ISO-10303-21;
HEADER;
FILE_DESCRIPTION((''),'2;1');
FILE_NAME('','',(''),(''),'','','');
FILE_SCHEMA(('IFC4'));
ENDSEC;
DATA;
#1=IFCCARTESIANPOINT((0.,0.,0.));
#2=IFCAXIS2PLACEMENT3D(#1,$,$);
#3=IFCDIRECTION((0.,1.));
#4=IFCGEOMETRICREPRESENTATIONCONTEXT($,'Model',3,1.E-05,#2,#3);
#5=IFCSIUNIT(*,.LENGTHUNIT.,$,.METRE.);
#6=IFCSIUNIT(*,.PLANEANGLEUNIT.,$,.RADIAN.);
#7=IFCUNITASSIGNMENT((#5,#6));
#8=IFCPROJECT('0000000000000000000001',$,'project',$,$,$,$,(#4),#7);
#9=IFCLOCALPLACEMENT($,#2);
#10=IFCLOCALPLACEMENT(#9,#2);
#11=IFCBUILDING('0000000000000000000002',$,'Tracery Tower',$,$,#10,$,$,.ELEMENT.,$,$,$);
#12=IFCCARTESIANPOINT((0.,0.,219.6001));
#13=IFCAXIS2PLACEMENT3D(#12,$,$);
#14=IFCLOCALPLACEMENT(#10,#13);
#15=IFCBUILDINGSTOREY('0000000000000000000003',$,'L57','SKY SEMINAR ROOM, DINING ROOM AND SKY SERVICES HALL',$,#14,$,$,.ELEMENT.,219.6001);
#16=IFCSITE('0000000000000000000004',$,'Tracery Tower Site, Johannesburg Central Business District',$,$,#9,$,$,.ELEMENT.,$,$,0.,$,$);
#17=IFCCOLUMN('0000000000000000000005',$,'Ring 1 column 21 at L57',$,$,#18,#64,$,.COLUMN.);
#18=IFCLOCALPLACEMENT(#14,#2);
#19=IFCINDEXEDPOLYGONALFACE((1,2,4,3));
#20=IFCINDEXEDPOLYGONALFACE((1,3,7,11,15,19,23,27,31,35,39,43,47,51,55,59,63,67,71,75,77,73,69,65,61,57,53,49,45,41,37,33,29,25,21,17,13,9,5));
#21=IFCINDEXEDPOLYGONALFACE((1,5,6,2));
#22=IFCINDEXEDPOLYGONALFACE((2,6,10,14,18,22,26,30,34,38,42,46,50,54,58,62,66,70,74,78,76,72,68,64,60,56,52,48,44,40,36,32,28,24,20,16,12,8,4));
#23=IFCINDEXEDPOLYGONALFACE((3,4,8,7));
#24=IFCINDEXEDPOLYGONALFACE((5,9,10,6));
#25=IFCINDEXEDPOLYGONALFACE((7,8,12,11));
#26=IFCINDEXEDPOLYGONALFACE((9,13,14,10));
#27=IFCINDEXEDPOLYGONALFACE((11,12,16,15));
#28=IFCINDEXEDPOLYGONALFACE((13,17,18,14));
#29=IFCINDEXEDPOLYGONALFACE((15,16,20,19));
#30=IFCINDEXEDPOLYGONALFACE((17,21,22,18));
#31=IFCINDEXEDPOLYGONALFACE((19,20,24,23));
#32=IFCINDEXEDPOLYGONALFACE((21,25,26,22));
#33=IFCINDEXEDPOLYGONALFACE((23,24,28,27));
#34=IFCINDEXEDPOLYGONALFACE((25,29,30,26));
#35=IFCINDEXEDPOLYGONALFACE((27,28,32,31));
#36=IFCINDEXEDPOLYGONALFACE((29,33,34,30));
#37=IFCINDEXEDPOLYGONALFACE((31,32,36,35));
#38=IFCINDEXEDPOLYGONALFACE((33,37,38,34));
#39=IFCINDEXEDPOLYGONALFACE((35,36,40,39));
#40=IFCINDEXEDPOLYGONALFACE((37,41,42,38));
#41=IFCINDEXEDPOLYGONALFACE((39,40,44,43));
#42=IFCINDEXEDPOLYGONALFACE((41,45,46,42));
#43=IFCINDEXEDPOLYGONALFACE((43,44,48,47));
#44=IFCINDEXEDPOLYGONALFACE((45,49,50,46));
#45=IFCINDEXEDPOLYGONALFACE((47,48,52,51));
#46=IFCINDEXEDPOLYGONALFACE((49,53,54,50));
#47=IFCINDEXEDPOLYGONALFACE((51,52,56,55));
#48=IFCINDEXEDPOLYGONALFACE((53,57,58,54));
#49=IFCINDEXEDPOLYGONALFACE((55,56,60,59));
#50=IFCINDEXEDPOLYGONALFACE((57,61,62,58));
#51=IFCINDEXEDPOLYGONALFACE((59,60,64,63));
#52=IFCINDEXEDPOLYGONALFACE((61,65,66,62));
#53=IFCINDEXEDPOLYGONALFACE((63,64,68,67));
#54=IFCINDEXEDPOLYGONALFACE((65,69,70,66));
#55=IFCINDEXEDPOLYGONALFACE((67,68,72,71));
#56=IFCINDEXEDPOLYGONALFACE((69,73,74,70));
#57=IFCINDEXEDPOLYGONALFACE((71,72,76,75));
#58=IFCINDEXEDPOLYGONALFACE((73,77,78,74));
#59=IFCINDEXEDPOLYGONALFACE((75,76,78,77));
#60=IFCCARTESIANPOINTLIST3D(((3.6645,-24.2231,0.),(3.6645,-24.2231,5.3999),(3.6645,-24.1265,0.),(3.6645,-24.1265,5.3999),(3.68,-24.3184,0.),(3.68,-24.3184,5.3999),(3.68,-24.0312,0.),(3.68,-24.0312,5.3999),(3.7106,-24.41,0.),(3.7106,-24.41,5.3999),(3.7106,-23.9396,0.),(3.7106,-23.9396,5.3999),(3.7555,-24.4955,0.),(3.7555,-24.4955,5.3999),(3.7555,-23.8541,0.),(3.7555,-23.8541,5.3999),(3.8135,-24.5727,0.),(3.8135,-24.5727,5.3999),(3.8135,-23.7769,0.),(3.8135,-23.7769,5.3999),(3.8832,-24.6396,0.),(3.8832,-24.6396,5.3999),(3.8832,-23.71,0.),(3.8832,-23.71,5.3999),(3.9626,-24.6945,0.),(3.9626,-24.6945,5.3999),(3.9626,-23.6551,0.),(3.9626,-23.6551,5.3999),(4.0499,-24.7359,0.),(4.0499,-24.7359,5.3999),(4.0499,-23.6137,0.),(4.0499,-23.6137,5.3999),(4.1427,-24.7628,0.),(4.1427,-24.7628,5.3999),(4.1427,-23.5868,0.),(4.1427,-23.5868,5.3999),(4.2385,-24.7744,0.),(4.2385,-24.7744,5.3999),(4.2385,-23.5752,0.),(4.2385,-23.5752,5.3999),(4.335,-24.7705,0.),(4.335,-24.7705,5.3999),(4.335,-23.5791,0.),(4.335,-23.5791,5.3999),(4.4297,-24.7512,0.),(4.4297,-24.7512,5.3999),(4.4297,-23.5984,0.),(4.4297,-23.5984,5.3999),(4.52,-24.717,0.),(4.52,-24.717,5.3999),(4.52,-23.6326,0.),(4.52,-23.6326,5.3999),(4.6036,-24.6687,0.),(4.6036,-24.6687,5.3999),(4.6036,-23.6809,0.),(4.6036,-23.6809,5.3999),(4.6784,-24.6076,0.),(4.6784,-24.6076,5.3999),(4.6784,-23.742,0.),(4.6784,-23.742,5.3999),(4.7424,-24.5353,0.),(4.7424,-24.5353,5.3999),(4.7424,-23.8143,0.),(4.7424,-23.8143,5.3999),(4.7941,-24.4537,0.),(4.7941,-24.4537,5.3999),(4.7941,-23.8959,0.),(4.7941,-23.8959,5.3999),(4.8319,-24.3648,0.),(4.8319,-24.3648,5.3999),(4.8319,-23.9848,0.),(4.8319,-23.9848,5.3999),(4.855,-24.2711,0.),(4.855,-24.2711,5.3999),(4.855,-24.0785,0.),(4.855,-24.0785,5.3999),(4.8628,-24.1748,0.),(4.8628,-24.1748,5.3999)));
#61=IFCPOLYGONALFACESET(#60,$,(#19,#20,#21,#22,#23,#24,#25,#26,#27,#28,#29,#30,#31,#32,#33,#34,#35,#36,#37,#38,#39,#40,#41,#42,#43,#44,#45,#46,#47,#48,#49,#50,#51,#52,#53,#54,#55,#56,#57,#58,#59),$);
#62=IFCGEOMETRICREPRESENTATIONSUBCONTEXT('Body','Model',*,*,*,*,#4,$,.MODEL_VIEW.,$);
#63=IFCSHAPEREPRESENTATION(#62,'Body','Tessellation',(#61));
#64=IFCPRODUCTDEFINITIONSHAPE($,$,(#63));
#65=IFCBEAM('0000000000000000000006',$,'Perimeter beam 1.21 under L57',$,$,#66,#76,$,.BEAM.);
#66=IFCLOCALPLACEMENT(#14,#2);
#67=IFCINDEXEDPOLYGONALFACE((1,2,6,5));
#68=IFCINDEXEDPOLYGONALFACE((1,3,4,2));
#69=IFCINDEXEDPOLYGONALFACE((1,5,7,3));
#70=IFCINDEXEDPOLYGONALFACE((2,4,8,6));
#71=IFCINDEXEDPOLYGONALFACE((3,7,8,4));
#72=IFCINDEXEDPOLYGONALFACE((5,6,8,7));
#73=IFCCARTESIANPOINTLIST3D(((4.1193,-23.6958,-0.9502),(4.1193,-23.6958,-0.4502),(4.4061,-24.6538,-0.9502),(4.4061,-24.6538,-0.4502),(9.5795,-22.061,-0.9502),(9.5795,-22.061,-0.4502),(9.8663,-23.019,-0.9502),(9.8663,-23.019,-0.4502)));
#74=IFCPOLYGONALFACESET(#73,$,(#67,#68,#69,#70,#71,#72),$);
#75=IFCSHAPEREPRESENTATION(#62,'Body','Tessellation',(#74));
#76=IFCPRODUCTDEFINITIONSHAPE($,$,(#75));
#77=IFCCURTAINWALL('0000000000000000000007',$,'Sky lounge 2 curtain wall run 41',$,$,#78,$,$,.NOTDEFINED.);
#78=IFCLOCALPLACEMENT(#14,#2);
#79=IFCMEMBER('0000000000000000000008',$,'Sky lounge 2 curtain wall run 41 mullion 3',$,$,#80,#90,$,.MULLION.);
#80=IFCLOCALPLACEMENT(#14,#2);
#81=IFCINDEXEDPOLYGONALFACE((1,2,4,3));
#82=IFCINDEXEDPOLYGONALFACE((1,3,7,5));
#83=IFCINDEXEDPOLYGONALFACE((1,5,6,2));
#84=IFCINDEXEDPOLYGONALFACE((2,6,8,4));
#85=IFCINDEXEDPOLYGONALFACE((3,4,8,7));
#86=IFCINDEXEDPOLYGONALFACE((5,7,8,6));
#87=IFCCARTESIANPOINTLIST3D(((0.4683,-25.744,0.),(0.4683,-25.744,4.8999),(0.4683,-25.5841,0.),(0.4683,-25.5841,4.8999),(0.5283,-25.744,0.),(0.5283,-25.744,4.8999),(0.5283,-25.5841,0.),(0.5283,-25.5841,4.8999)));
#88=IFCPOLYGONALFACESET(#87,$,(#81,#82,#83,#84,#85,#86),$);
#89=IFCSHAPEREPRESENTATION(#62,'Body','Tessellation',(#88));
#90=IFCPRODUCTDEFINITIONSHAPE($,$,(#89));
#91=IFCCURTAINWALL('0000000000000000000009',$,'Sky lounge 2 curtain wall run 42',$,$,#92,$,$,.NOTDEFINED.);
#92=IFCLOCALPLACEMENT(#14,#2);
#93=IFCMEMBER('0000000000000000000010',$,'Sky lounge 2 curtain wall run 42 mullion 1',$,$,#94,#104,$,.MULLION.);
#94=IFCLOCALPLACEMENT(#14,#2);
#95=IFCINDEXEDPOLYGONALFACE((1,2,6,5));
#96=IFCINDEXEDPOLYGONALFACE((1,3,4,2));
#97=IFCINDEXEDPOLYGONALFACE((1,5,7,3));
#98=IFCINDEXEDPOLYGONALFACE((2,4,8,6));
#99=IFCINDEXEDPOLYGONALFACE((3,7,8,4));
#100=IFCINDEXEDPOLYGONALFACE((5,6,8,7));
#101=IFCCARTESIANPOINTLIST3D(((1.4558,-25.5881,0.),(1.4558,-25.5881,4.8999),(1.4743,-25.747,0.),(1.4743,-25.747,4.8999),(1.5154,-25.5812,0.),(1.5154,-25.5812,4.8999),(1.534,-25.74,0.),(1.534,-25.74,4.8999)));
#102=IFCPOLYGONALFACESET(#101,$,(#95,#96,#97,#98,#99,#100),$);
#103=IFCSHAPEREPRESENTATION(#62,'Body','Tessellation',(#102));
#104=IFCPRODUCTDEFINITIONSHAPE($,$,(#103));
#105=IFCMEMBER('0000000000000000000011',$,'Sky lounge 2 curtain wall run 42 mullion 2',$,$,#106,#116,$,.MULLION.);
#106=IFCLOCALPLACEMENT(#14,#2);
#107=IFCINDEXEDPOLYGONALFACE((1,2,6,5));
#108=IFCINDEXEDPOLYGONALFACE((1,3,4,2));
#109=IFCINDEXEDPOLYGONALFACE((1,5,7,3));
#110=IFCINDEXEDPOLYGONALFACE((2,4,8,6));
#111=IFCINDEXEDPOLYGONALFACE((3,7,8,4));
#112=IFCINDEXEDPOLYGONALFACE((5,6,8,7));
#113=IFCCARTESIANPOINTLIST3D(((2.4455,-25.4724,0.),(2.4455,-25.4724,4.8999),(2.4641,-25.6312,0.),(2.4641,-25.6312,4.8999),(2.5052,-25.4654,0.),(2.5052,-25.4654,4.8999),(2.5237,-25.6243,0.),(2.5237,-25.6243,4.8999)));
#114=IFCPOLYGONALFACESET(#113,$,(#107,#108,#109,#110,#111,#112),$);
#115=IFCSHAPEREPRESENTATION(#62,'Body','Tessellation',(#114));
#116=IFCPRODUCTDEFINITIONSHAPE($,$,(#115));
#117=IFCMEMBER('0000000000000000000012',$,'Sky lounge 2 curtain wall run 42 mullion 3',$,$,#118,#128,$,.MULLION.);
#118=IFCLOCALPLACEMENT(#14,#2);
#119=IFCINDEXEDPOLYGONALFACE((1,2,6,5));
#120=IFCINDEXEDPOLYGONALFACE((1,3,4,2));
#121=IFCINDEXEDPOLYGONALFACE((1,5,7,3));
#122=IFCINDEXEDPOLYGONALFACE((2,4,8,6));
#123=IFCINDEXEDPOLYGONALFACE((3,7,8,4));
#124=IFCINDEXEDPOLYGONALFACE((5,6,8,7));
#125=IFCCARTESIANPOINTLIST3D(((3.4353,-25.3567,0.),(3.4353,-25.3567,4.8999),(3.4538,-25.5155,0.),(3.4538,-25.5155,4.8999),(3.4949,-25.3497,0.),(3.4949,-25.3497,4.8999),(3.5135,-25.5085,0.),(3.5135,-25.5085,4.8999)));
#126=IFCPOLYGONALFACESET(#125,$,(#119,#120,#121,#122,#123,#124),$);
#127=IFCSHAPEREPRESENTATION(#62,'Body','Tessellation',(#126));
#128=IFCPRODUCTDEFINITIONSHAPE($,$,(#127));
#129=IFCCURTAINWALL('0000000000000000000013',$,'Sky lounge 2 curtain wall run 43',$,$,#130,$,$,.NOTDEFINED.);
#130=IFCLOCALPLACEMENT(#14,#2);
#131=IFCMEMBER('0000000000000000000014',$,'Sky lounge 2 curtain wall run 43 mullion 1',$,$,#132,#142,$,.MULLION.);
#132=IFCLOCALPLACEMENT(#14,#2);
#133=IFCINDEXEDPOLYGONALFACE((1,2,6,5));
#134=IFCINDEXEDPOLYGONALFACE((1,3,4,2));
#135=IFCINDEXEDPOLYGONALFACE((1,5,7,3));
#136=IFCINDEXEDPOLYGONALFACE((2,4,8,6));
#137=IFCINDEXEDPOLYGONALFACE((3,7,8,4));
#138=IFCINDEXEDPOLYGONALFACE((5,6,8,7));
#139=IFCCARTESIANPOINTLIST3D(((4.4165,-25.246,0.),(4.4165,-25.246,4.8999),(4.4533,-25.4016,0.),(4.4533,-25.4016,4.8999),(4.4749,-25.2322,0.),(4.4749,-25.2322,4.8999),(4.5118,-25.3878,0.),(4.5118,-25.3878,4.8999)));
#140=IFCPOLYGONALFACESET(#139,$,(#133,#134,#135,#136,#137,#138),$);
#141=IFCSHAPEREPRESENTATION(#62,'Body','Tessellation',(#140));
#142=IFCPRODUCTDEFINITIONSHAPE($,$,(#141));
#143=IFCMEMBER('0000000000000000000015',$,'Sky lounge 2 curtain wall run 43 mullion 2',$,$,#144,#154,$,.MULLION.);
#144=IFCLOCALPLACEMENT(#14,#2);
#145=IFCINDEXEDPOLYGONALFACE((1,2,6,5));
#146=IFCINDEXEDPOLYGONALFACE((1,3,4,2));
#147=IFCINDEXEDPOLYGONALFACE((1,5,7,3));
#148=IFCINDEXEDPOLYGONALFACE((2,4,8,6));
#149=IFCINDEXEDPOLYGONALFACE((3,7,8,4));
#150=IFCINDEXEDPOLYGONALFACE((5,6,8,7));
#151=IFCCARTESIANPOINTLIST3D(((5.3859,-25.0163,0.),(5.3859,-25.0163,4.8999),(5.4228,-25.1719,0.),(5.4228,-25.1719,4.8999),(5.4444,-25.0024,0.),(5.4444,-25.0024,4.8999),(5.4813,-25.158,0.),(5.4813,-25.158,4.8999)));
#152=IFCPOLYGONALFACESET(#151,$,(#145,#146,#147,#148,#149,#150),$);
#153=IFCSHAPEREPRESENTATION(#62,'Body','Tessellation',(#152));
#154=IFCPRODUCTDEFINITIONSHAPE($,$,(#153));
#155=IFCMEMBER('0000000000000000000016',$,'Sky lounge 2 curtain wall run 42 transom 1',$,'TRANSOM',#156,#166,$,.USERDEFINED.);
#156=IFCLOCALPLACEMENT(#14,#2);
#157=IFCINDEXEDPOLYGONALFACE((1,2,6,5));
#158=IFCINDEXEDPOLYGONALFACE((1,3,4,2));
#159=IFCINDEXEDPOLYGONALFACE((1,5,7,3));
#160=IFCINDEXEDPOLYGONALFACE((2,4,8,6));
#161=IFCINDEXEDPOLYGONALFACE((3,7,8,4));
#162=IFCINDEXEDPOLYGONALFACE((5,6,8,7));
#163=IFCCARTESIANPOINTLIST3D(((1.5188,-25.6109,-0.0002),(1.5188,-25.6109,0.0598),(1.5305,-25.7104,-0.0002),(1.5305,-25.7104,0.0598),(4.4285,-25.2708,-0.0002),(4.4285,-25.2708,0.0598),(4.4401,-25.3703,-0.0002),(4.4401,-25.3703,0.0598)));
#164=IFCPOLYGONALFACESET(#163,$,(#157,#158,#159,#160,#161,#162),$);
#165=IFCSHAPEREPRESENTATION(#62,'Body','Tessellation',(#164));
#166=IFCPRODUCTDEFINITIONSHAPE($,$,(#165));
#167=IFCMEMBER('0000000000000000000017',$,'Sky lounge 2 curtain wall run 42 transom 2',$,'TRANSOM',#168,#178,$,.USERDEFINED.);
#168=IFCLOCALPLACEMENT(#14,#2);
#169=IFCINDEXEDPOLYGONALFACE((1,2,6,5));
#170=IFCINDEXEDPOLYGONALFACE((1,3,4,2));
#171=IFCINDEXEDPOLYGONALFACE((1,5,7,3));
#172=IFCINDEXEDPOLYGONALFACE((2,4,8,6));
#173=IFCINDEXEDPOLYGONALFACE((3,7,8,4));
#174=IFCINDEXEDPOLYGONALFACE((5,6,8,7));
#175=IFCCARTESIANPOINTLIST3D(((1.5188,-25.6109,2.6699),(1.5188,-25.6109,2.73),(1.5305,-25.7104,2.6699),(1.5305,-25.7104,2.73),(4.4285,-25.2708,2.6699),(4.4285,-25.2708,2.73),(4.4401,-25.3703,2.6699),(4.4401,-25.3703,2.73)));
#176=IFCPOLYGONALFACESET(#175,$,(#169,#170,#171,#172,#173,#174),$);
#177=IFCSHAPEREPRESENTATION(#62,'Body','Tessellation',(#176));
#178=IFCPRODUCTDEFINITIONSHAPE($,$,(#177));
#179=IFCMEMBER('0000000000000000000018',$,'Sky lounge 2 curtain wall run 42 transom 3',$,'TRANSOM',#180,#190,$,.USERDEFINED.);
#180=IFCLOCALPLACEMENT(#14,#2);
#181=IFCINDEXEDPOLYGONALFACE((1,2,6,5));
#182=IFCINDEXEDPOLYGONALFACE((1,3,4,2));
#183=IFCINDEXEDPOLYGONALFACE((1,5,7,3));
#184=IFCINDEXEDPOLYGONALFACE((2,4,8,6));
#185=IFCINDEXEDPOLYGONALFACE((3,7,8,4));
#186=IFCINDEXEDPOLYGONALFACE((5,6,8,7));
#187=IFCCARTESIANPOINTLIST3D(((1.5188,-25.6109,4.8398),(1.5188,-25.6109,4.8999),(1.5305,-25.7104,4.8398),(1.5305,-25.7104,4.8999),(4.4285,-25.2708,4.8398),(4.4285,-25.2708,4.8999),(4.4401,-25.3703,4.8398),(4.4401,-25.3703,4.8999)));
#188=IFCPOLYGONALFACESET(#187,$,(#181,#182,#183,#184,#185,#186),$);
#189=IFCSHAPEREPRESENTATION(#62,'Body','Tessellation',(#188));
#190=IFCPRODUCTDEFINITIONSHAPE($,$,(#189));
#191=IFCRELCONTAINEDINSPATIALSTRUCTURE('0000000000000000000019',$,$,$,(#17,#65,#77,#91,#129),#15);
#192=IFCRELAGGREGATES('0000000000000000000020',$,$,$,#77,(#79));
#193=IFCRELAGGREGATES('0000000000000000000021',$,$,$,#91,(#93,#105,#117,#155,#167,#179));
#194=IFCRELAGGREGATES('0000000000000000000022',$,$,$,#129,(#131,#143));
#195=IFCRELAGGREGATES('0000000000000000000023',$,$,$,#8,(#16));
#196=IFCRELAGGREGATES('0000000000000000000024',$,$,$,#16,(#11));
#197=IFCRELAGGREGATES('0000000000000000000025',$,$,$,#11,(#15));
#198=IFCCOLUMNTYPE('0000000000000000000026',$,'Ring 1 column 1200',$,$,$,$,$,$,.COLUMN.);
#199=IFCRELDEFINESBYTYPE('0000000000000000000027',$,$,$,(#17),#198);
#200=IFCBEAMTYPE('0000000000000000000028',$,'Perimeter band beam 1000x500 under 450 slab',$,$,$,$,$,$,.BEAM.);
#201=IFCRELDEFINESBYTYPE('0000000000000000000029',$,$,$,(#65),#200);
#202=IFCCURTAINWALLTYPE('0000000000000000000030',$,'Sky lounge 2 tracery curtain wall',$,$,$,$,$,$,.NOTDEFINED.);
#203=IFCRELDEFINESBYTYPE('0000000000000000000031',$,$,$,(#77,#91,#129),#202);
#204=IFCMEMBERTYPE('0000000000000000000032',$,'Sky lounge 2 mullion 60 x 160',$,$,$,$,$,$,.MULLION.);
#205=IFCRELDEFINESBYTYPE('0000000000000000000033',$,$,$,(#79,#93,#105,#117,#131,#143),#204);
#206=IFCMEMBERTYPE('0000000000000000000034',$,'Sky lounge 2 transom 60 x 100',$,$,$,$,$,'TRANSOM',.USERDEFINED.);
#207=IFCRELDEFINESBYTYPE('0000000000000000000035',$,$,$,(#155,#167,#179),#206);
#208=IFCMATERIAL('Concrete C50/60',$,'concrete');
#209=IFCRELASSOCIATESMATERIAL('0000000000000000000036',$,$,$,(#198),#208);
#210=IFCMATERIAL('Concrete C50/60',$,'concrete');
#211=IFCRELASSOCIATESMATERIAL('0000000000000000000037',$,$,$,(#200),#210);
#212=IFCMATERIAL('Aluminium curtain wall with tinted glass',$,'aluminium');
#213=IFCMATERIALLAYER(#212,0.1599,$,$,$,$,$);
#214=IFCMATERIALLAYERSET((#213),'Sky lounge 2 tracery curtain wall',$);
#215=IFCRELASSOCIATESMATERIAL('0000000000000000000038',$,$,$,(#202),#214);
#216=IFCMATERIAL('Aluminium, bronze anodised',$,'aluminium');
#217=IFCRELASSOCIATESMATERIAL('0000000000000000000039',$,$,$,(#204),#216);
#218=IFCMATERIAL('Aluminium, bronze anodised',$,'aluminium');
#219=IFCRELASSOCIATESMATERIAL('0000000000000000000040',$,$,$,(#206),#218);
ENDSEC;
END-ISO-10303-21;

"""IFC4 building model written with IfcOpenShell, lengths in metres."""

from ifc_helpers import new_model, si_unit, direction, frame, origin, origin_2d, place, context, subcontext, project, spatial, rectangle, circle, extrude, material, layer, layer_set, material_profile, profile_set, type_object, element, aggregate, save


model = new_model("IFC4")

# Units and contexts
model_context = context("Model", 3, precision=1e-05, world=origin(), true_north=direction((0.0, 1.0)))
body_context = subcontext(model_context, "Body", "Model", "MODEL_VIEW")
ifc_project = project(units=[si_unit("LENGTHUNIT", "METRE"), si_unit("PLANEANGLEUNIT", "RADIAN")], contexts=[model_context])

# Site, building, storey
site_placement = place(None, origin())
site = spatial("IfcSite", under=ifc_project, at=site_placement, Name="Tracery Tower Site, Johannesburg Central Business District", CompositionType="ELEMENT", RefElevation=0.0)
building_placement = place(site_placement, origin())
building = spatial("IfcBuilding", under=site, at=building_placement, Name="Tracery Tower", CompositionType="ELEMENT")
storey_placement = place(building_placement, frame((0.0, 0.0, 219.6001)))
storey = spatial("IfcBuildingStorey", under=building, at=storey_placement, Name="L57", Description="SKY SEMINAR ROOM, DINING ROOM AND SKY SERVICES HALL", CompositionType="ELEMENT", Elevation=219.6001)

# Column
ifc_material_1 = material(Name="Concrete C50/60", Category="concrete")
ifc_material_profile_1 = material_profile(ifc_material_1, circle(Radius=0.6001, at=origin_2d()), Name="RC D1200")
ifc_profile_set_1 = profile_set([ifc_material_profile_1], Name="Concrete C50/60")
column_type = type_object("IfcColumnType", Name="Ring 1 column 1200", PredefinedType="COLUMN", material=ifc_profile_set_1)
column_placement = place(storey_placement, frame((4.2627, -24.1748, 0.0), z_axis=(0.0, 0.0, 1.0), x_axis=(1.0, 0.0, 0.0)))
element("IfcColumn", 1, at=column_placement, inside=storey, type_object=column_type, Name="Ring 1 column 21 at L57", PredefinedType="COLUMN", context=body_context, shape_type="SweptSolid", body=[
    extrude(circle(Radius=0.6001, at=origin_2d()), origin(), (0.0, 0.0, 1.0), 5.3999),
])

# Beam
ifc_material_2 = material(Name="Concrete C50/60", Category="concrete")
ifc_material_profile_2 = material_profile(ifc_material_2, rectangle(XDim=1.0, YDim=0.5, at=origin_2d()), Name="RC 1000x500")
ifc_profile_set_2 = profile_set([ifc_material_profile_2], Name="Concrete C50/60")
beam_type = type_object("IfcBeamType", Name="Perimeter band beam 1000x500 under 450 slab", PredefinedType="BEAM", material=ifc_profile_set_2)
beam_placement = place(storey_placement, frame((4.2627, -24.1748, -0.7002), z_axis=(0.957985, 0.286817, 0.0), x_axis=(-0.286817, 0.957985, 0.0)))
element("IfcBeam", 2, at=beam_placement, inside=storey, type_object=beam_type, Name="Perimeter beam 1.21 under L57", PredefinedType="BEAM", context=body_context, shape_type="SweptSolid", body=[
    extrude(rectangle(XDim=1.0, YDim=0.5, at=origin_2d()), origin(), (0.0, 0.0, 1.0), 5.6997),
])

# Curtain wall, member
ifc_material_3 = material(Name="Aluminium curtain wall with tinted glass", Category="aluminium")
ifc_layer_1 = layer(ifc_material_3, 0.1599)
ifc_layer_set_1 = layer_set([ifc_layer_1], Name="Sky lounge 2 tracery curtain wall")
curtain_wall_type = type_object("IfcCurtainWallType", Name="Sky lounge 2 tracery curtain wall", PredefinedType="NOTDEFINED", material=ifc_layer_set_1)
curtain_wall_1_placement = place(storey_placement, origin())
curtain_wall_1 = element("IfcCurtainWall", 3, at=curtain_wall_1_placement, inside=storey, type_object=curtain_wall_type, Name="Sky lounge 2 curtain wall run 41", PredefinedType="NOTDEFINED")
ifc_material_4 = material(Name="Aluminium, bronze anodised", Category="aluminium")
ifc_material_profile_3 = material_profile(ifc_material_4, rectangle(XDim=0.1599, YDim=0.0601, at=origin_2d()), Name="AL 60x160")
ifc_profile_set_3 = profile_set([ifc_material_profile_3], Name="Aluminium, bronze anodised")
member_type_1 = type_object("IfcMemberType", Name="Sky lounge 2 mullion 60 x 160", PredefinedType="MULLION", material=ifc_profile_set_3)
member_1_placement = place(storey_placement, frame((0.4983, -25.6641, 0.0), z_axis=(0.0, 0.0, 1.0), x_axis=(0.0, 1.0, 0.0)))
member_1 = element("IfcMember", 4, at=member_1_placement, type_object=member_type_1, Name="Sky lounge 2 curtain wall run 41 mullion 3", PredefinedType="MULLION", context=body_context, shape_type="SweptSolid", body=[
    extrude(rectangle(XDim=0.1599, YDim=0.0601, at=origin_2d()), origin(), (0.0, 0.0, 1.0), 4.8999),
])

# Curtain walls, members
curtain_wall_2_placement = place(storey_placement, origin())
curtain_wall_2 = element("IfcCurtainWall", 5, at=curtain_wall_2_placement, inside=storey, type_object=curtain_wall_type, Name="Sky lounge 2 curtain wall run 42", PredefinedType="NOTDEFINED")
member_2_placement = place(storey_placement, frame((1.4949, -25.6641, 0.0), z_axis=(0.0, 0.0, 1.0), x_axis=(-0.116093, 0.993238, 0.0)))
member_2 = element("IfcMember", 6, at=member_2_placement, type_object=member_type_1, Name="Sky lounge 2 curtain wall run 42 mullion 1", PredefinedType="MULLION", context=body_context, shape_type="SweptSolid", body=[
    extrude(rectangle(XDim=0.1599, YDim=0.0601, at=origin_2d()), origin(), (0.0, 0.0, 1.0), 4.8999),
])
member_3_placement = place(storey_placement, frame((2.4846, -25.5483, 0.0), z_axis=(0.0, 0.0, 1.0), x_axis=(-0.116093, 0.993238, 0.0)))
member_3 = element("IfcMember", 7, at=member_3_placement, type_object=member_type_1, Name="Sky lounge 2 curtain wall run 42 mullion 2", PredefinedType="MULLION", context=body_context, shape_type="SweptSolid", body=[
    extrude(rectangle(XDim=0.1599, YDim=0.0601, at=origin_2d()), origin(), (0.0, 0.0, 1.0), 4.8999),
])
member_4_placement = place(storey_placement, frame((3.4744, -25.4326, 0.0), z_axis=(0.0, 0.0, 1.0), x_axis=(-0.116093, 0.993238, 0.0)))
member_4 = element("IfcMember", 8, at=member_4_placement, type_object=member_type_1, Name="Sky lounge 2 curtain wall run 42 mullion 3", PredefinedType="MULLION", context=body_context, shape_type="SweptSolid", body=[
    extrude(rectangle(XDim=0.1599, YDim=0.0601, at=origin_2d()), origin(), (0.0, 0.0, 1.0), 4.8999),
])
curtain_wall_3_placement = place(storey_placement, origin())
curtain_wall_3 = element("IfcCurtainWall", 9, at=curtain_wall_3_placement, inside=storey, type_object=curtain_wall_type, Name="Sky lounge 2 curtain wall run 43", PredefinedType="NOTDEFINED")
member_5_placement = place(storey_placement, frame((4.4641, -25.3169, 0.0), z_axis=(0.0, 0.0, 1.0), x_axis=(-0.230616, 0.973045, 0.0)))
member_5 = element("IfcMember", 10, at=member_5_placement, type_object=member_type_1, Name="Sky lounge 2 curtain wall run 43 mullion 1", PredefinedType="MULLION", context=body_context, shape_type="SweptSolid", body=[
    extrude(rectangle(XDim=0.1599, YDim=0.0601, at=origin_2d()), origin(), (0.0, 0.0, 1.0), 4.8999),
])
member_6_placement = place(storey_placement, frame((5.4336, -25.0872, 0.0), z_axis=(0.0, 0.0, 1.0), x_axis=(-0.230616, 0.973045, 0.0)))
member_6 = element("IfcMember", 11, at=member_6_placement, type_object=member_type_1, Name="Sky lounge 2 curtain wall run 43 mullion 2", PredefinedType="MULLION", context=body_context, shape_type="SweptSolid", body=[
    extrude(rectangle(XDim=0.1599, YDim=0.0601, at=origin_2d()), origin(), (0.0, 0.0, 1.0), 4.8999),
])

# Members
ifc_material_5 = material(Name="Aluminium, bronze anodised", Category="aluminium")
ifc_material_profile_4 = material_profile(ifc_material_5, rectangle(XDim=0.1001, YDim=0.0601, at=origin_2d()), Name="AL 60x100")
ifc_profile_set_4 = profile_set([ifc_material_profile_4], Name="Aluminium, bronze anodised")
member_type_2 = type_object("IfcMemberType", Name="Sky lounge 2 transom 60 x 100", ElementType="TRANSOM", PredefinedType="USERDEFINED", material=ifc_profile_set_4)
member_7_placement = place(storey_placement, frame((1.5247, -25.6606, 0.0298), z_axis=(0.993238, 0.116092, 0.0), x_axis=(-0.116092, 0.993238, 0.0)))
member_7 = element("IfcMember", 12, at=member_7_placement, type_object=member_type_2, Name="Sky lounge 2 curtain wall run 42 transom 1", ObjectType="TRANSOM", PredefinedType="USERDEFINED", context=body_context, shape_type="SweptSolid", body=[
    extrude(rectangle(XDim=0.1001, YDim=0.0601, at=origin_2d()), origin(), (0.0, 0.0, 1.0), 2.9294),
])
member_8_placement = place(storey_placement, frame((1.5247, -25.6606, 2.7), z_axis=(0.993238, 0.116092, 0.0), x_axis=(-0.116092, 0.993238, 0.0)))
member_8 = element("IfcMember", 13, at=member_8_placement, type_object=member_type_2, Name="Sky lounge 2 curtain wall run 42 transom 2", ObjectType="TRANSOM", PredefinedType="USERDEFINED", context=body_context, shape_type="SweptSolid", body=[
    extrude(rectangle(XDim=0.1001, YDim=0.0601, at=origin_2d()), origin(), (0.0, 0.0, 1.0), 2.9294),
])
member_9_placement = place(storey_placement, frame((1.5247, -25.6606, 4.8699), z_axis=(0.993238, 0.116092, 0.0), x_axis=(-0.116092, 0.993238, 0.0)))
member_9 = element("IfcMember", 14, at=member_9_placement, type_object=member_type_2, Name="Sky lounge 2 curtain wall run 42 transom 3", ObjectType="TRANSOM", PredefinedType="USERDEFINED", context=body_context, shape_type="SweptSolid", body=[
    extrude(rectangle(XDim=0.1001, YDim=0.0601, at=origin_2d()), origin(), (0.0, 0.0, 1.0), 2.9294),
])

aggregate(curtain_wall_1, [member_1])
aggregate(curtain_wall_2, [member_2, member_3, member_4, member_7, member_8, member_9])
aggregate(curtain_wall_3, [member_5, member_6])

save(model, "model.ifc")
